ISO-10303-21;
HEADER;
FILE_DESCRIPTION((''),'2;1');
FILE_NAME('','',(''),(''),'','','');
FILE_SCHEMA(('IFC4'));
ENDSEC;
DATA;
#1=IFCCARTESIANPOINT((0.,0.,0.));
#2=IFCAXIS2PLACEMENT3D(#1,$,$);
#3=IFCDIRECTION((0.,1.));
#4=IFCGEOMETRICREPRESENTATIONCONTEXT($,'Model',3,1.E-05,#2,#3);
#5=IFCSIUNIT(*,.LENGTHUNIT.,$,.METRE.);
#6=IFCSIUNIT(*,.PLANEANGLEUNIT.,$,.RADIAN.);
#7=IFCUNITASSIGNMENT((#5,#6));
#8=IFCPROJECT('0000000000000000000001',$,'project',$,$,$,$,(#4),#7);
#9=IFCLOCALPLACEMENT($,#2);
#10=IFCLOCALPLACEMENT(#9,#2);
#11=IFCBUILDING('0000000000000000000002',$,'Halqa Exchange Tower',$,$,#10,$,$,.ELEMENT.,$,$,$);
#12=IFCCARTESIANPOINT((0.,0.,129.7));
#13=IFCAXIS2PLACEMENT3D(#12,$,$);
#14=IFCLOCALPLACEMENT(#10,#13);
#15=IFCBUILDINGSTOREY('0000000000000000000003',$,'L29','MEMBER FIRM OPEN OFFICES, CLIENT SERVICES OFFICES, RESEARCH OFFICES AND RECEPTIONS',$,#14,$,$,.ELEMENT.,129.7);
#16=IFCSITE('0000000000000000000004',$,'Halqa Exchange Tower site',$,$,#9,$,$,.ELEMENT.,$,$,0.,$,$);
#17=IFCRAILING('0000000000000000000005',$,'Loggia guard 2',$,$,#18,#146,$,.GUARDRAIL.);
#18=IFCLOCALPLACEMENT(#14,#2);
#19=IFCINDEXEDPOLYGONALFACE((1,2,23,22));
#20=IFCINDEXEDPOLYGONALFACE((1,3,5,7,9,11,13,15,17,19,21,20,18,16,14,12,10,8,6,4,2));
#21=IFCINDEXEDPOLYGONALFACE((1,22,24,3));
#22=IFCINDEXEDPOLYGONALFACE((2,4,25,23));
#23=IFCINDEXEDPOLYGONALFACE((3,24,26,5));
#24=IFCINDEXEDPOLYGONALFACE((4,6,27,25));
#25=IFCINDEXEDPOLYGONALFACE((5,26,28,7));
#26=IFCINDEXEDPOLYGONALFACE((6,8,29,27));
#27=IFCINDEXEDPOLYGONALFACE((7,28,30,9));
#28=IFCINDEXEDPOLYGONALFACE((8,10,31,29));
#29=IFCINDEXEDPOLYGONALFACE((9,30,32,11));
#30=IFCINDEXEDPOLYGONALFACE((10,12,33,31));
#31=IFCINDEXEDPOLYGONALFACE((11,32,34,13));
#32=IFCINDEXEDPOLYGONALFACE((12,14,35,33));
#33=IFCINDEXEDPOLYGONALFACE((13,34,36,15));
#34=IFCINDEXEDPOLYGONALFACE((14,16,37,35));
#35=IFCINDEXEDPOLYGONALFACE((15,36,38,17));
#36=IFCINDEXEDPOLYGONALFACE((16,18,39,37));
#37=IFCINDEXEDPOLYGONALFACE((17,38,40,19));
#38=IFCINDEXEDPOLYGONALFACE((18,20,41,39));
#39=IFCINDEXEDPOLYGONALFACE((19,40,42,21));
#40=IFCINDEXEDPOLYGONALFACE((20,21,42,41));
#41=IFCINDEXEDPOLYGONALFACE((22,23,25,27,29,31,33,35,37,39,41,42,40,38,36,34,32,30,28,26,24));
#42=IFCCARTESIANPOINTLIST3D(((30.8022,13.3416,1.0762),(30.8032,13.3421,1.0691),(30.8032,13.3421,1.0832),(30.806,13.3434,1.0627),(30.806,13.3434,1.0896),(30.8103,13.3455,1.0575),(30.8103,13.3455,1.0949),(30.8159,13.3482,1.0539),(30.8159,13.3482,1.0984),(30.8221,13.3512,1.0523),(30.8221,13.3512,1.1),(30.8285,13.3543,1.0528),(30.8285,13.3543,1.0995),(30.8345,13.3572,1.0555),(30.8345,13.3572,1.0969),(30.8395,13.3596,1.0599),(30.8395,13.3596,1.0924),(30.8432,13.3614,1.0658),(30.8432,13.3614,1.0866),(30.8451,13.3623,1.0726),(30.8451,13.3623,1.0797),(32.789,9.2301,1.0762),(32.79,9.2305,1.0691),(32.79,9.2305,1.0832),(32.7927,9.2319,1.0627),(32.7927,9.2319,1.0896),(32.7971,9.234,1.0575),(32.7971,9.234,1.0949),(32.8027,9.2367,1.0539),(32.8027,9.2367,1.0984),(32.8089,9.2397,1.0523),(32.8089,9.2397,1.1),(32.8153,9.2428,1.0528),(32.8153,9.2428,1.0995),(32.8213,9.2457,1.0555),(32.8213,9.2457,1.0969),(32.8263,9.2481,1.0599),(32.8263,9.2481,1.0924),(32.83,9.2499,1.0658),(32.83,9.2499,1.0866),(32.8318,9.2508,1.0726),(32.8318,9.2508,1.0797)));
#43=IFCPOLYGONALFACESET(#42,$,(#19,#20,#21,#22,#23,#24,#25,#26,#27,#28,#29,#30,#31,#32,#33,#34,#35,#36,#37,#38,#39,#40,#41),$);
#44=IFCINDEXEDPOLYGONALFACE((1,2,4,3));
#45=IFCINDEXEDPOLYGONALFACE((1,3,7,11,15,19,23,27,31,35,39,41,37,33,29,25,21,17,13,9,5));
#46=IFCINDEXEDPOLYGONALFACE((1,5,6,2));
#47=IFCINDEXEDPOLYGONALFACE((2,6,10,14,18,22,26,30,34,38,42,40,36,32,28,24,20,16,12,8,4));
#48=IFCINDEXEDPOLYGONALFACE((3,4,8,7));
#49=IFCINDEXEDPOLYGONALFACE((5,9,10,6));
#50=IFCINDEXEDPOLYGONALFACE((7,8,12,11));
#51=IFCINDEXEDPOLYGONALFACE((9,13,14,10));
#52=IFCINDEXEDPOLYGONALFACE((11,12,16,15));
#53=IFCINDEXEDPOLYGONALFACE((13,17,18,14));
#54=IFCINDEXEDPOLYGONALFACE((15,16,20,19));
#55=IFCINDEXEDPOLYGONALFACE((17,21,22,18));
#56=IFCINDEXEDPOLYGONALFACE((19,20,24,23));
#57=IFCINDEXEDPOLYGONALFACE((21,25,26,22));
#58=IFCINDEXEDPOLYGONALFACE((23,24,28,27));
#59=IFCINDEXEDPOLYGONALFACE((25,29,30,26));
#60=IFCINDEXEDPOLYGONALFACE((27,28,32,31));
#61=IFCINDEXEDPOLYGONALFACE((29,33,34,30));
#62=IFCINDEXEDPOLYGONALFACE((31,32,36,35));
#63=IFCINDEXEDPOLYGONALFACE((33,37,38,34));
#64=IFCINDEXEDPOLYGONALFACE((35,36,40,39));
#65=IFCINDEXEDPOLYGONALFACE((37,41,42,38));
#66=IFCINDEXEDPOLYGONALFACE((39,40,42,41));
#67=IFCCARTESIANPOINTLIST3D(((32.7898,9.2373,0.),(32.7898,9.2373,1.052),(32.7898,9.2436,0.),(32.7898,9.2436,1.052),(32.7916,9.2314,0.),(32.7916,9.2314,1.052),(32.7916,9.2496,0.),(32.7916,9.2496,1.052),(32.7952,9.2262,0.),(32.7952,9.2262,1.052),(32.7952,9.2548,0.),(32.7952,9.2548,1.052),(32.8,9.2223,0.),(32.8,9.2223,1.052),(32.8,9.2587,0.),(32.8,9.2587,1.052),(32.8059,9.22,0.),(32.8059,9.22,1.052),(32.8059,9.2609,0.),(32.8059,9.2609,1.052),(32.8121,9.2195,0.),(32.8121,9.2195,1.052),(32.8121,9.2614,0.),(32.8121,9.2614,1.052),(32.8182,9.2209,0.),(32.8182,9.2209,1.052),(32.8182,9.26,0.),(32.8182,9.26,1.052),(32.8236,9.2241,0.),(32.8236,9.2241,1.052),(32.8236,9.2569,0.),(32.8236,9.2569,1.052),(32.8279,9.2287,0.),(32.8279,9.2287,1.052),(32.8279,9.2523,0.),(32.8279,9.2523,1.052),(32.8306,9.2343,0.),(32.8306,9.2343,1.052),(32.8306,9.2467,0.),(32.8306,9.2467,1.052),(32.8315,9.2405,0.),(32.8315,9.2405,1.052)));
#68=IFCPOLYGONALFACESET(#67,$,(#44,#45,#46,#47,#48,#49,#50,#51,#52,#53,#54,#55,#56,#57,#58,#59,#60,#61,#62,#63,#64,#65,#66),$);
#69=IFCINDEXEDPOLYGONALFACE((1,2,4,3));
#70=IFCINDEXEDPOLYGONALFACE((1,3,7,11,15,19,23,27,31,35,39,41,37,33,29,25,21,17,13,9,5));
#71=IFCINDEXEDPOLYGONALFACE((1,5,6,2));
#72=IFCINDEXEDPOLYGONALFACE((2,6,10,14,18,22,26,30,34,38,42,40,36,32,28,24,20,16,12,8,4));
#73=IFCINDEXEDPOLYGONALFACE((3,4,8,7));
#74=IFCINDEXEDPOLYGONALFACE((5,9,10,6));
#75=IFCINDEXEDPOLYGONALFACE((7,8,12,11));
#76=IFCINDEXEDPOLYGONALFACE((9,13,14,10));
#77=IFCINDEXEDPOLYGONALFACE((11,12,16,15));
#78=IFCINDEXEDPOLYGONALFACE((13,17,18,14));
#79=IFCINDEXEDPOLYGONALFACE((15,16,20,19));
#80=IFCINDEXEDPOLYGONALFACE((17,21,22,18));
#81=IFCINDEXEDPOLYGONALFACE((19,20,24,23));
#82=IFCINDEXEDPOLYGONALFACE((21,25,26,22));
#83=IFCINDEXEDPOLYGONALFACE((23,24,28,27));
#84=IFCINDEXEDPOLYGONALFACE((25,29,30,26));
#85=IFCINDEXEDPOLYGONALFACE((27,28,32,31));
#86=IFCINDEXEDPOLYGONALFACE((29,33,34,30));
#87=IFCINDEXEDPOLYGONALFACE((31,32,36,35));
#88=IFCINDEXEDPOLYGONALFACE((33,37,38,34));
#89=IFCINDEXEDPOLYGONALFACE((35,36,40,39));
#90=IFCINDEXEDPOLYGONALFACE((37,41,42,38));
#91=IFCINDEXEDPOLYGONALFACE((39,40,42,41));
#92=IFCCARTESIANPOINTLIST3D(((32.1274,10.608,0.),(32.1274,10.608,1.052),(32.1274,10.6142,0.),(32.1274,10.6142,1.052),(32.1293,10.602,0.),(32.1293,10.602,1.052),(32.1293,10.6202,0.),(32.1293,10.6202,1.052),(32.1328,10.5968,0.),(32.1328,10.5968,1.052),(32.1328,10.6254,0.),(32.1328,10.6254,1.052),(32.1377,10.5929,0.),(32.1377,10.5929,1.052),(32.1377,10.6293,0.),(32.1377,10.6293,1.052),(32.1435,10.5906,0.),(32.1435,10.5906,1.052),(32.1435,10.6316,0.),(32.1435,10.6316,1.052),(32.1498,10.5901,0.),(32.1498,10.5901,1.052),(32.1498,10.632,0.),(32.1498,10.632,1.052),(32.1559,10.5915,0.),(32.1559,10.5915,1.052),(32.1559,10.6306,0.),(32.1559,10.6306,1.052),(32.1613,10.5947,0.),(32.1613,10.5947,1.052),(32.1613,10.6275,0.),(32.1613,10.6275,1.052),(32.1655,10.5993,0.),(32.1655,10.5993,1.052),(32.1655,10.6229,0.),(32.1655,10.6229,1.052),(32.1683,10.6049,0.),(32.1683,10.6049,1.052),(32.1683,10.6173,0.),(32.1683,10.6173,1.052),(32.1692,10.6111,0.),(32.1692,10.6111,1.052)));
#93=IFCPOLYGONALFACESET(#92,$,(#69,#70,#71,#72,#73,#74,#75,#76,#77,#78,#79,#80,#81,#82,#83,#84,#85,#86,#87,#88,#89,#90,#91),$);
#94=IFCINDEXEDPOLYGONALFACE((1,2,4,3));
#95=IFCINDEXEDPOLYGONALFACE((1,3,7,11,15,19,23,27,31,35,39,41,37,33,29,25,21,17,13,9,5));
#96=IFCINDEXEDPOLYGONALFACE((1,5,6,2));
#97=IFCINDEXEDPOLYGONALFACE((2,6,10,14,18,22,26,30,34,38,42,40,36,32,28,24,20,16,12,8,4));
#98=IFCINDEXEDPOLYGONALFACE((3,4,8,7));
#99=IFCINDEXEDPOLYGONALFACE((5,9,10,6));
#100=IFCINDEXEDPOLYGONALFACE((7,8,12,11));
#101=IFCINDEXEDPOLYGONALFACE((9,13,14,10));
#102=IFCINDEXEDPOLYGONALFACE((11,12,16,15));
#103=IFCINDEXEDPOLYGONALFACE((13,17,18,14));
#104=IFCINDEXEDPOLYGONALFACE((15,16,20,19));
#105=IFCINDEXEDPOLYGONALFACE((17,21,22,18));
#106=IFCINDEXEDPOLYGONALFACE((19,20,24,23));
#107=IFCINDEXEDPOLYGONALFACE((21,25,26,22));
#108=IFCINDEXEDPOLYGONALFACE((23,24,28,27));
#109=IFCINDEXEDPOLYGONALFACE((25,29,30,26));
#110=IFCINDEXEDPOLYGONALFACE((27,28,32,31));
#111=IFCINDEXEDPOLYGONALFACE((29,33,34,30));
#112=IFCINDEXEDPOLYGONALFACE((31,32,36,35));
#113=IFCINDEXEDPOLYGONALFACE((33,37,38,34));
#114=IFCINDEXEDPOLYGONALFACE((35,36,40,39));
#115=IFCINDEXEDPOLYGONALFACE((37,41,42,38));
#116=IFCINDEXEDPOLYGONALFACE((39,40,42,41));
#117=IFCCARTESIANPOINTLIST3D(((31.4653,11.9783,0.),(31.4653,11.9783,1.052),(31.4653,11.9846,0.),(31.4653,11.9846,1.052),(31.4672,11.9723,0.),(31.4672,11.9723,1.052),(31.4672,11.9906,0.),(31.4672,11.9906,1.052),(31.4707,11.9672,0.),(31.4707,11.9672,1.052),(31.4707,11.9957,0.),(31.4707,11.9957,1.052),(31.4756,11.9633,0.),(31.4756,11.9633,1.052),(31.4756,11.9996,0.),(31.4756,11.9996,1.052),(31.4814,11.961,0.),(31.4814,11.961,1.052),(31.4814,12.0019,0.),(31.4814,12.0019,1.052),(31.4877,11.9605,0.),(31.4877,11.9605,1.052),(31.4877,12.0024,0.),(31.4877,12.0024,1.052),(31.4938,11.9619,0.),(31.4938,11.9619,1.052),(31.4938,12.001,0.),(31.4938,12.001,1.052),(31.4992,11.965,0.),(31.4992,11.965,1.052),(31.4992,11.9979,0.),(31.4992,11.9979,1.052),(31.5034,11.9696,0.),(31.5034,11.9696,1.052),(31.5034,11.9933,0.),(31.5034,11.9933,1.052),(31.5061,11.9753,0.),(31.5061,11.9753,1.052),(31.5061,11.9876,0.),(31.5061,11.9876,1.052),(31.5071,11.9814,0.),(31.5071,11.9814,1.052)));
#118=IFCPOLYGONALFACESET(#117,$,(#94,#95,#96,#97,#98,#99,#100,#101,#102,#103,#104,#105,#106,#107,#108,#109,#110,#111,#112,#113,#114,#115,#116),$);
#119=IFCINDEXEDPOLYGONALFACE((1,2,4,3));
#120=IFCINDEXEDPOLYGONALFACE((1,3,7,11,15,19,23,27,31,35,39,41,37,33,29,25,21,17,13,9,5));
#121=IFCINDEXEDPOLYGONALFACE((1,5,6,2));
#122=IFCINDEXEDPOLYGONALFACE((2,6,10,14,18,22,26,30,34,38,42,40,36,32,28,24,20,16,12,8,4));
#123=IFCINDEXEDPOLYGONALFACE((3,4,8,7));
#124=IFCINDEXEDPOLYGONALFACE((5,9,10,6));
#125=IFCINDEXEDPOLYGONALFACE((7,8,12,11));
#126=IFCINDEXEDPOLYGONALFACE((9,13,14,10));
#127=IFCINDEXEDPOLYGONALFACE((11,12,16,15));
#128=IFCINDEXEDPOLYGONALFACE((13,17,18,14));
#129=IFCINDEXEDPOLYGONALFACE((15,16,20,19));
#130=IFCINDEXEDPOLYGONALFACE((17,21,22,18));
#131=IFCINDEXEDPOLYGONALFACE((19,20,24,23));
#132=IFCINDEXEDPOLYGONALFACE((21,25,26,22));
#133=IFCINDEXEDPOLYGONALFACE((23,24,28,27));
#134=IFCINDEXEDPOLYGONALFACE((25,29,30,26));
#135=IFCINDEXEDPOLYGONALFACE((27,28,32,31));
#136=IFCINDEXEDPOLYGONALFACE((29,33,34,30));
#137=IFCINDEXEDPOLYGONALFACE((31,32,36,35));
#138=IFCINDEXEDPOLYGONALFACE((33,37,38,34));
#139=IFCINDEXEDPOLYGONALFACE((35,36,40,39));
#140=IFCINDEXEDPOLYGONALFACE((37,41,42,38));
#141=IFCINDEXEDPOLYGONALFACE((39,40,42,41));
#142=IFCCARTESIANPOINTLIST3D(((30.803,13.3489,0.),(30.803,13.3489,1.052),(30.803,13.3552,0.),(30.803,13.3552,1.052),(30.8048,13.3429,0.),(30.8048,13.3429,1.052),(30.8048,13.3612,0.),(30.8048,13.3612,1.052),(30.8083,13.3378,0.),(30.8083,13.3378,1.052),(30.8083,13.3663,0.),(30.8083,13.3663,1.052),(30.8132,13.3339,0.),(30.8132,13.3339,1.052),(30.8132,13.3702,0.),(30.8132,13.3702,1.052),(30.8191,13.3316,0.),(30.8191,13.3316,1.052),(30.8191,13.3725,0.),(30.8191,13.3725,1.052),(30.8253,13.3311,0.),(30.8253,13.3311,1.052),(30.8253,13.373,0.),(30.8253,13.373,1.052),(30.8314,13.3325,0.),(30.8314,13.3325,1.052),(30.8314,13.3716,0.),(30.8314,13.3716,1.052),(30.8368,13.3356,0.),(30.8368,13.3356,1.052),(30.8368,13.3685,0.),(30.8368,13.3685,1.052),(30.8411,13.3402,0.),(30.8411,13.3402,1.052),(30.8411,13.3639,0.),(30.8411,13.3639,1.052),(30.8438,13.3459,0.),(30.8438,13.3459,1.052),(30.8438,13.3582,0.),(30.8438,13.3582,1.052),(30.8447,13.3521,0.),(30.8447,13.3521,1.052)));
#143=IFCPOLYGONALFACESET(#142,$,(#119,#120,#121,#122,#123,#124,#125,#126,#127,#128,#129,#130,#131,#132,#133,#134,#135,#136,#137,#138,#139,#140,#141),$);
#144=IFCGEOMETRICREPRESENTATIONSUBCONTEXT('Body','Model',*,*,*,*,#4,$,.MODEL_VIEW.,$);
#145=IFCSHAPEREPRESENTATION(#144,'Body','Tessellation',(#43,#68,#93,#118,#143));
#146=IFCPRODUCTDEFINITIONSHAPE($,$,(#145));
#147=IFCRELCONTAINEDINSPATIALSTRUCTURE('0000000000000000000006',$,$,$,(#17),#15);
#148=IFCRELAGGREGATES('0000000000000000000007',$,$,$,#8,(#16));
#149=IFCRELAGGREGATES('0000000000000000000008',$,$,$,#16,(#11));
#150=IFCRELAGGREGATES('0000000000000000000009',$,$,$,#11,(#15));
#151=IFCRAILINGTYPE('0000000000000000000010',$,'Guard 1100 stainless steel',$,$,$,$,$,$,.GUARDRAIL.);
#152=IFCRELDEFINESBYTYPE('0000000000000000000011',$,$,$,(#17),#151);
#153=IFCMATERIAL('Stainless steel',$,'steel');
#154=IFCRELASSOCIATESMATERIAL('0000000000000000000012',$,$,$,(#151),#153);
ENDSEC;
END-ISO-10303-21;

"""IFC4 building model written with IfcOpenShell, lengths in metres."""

from ifc_helpers import new_model, si_unit, direction, frame, origin, origin_2d, place, context, subcontext, project, spatial, circle, extrude, material, type_object, element, save


model = new_model("IFC4")

# Units and contexts
model_context = context("Model", 3, precision=1e-05, world=origin(), true_north=direction((0.0, 1.0)))
body_context = subcontext(model_context, "Body", "Model", "MODEL_VIEW")
ifc_project = project(units=[si_unit("LENGTHUNIT", "METRE"), si_unit("PLANEANGLEUNIT", "RADIAN")], contexts=[model_context])

# Site, building, storey
site_placement = place(None, origin())
site = spatial("IfcSite", under=ifc_project, at=site_placement, Name="Halqa Exchange Tower site", CompositionType="ELEMENT", RefElevation=0.0)
building_placement = place(site_placement, origin())
building = spatial("IfcBuilding", under=site, at=building_placement, Name="Halqa Exchange Tower", CompositionType="ELEMENT")
storey_placement = place(building_placement, frame((0.0, 0.0, 129.7)))
storey = spatial("IfcBuildingStorey", under=building, at=storey_placement, Name="L29", Description="MEMBER FIRM OPEN OFFICES, CLIENT SERVICES OFFICES, RESEARCH OFFICES AND RECEPTIONS", CompositionType="ELEMENT", Elevation=129.7)

# Railing
ifc_material_1 = material(Name="Stainless steel", Category="steel")
railing_type = type_object("IfcRailingType", Name="Guard 1100 stainless steel", PredefinedType="GUARDRAIL", material=ifc_material_1)
railing_1_placement = place(storey_placement, frame((32.8105, 9.2405, 0.0)))
element("IfcRailing", 1, at=railing_1_placement, inside=storey, type_object=railing_type, Name="Loggia guard 2", PredefinedType="GUARDRAIL", context=body_context, shape_type="SweptSolid", body=[
    extrude(circle(Radius=0.0239, at=origin_2d()), frame((0.0, 0.0, 1.0762), z_axis=(-0.43509, 0.900387, 0.0), x_axis=(-0.900387, -0.43509, 0.0)), (0.0, 0.0, 1.0), 4.5664),
    extrude(circle(Radius=0.021, at=origin_2d()), origin(), (0.0, 0.0, 1.0), 1.052),
    extrude(circle(Radius=0.021, at=origin_2d()), frame((-0.6624, 1.3706, 0.0)), (0.0, 0.0, 1.0), 1.052),
    extrude(circle(Radius=0.021, at=origin_2d()), frame((-1.3245, 2.741, 0.0)), (0.0, 0.0, 1.0), 1.052),
    extrude(circle(Radius=0.021, at=origin_2d()), frame((-1.9868, 4.1116, 0.0)), (0.0, 0.0, 1.0), 1.052),
])

save(model, "model.ifc")
